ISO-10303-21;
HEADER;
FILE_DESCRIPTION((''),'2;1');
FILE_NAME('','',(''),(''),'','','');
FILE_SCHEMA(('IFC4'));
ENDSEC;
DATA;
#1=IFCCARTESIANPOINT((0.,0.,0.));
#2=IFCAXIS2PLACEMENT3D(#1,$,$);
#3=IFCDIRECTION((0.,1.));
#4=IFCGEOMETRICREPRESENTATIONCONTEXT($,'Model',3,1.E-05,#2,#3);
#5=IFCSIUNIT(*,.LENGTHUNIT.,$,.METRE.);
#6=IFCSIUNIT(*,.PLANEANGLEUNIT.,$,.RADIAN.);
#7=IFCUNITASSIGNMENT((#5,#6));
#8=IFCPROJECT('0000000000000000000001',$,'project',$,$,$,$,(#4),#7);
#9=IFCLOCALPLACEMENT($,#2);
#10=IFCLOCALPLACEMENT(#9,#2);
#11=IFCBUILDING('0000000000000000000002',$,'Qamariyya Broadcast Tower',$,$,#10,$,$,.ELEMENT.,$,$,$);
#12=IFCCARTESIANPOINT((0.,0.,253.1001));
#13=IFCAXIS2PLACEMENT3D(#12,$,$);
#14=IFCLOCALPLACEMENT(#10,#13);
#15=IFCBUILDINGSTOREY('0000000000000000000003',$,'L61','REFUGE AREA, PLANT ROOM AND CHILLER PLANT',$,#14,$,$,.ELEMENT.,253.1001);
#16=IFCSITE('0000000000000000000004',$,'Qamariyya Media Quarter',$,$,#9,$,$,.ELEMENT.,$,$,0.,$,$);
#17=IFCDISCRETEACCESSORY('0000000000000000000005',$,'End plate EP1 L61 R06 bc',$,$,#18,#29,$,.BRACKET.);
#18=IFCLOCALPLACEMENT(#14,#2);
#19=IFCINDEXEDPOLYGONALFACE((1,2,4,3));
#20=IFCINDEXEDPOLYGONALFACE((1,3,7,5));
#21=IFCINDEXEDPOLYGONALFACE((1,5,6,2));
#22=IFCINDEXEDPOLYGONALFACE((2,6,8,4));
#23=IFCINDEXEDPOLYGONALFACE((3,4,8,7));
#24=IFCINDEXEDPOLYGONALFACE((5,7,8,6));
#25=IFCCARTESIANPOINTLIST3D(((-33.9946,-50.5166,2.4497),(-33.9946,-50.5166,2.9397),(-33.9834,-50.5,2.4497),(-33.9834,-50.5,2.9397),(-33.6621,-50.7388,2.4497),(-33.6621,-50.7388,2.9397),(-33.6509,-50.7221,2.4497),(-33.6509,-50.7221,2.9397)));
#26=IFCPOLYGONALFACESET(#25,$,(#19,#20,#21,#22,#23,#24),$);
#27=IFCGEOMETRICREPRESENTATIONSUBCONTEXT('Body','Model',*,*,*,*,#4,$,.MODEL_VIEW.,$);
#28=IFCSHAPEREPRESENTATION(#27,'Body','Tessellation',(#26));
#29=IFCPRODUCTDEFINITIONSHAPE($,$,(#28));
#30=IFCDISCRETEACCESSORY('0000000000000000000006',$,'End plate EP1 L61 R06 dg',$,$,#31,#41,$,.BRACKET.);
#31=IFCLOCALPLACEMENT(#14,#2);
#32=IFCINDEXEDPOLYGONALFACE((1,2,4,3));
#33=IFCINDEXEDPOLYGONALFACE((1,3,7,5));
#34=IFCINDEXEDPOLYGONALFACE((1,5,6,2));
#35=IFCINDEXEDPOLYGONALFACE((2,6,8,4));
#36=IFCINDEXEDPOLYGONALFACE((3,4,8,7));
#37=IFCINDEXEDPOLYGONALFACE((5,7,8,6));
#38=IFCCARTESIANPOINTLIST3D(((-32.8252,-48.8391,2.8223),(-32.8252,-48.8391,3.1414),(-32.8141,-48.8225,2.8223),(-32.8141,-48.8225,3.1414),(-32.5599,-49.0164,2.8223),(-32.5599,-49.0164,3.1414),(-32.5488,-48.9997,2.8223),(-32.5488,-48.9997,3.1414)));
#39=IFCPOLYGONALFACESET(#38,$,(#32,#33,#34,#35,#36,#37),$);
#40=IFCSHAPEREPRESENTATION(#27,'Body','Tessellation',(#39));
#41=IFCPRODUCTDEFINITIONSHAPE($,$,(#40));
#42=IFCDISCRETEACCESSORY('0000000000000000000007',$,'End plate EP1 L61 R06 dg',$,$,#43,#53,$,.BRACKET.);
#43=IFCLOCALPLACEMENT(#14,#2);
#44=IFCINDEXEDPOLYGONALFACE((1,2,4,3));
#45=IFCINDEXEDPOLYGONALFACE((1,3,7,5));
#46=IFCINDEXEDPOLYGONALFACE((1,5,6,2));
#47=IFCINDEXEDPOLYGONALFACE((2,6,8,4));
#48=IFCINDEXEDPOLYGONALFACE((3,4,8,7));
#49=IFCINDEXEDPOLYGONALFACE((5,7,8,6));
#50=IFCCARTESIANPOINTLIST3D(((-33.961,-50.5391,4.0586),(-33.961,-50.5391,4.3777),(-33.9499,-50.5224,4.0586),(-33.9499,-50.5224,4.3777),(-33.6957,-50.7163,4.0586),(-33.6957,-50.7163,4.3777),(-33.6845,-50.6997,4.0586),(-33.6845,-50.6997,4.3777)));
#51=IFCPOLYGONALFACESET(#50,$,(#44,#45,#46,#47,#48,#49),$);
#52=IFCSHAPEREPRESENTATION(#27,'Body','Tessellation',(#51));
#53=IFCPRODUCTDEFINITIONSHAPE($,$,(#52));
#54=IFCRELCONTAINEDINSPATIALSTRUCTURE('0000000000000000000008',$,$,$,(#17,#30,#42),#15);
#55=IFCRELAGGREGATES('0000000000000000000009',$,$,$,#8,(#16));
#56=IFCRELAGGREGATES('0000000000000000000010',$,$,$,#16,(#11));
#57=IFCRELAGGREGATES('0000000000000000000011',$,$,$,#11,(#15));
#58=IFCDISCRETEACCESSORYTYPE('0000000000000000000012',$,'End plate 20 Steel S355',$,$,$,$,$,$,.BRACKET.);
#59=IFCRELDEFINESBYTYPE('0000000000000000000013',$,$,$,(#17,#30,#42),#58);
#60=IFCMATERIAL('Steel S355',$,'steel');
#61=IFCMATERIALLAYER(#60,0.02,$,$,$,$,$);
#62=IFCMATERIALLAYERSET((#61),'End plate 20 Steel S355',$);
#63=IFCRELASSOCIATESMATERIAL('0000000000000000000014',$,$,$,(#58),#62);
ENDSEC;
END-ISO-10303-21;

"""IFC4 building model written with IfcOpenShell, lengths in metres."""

from ifc_helpers import new_model, si_unit, direction, frame, origin, origin_2d, place, context, subcontext, project, spatial, rectangle, extrude, material, layer, layer_set, type_object, element, save


model = new_model("IFC4")

# Units and contexts
model_context = context("Model", 3, precision=1e-05, world=origin(), true_north=direction((0.0, 1.0)))
body_context = subcontext(model_context, "Body", "Model", "MODEL_VIEW")
ifc_project = project(units=[si_unit("LENGTHUNIT", "METRE"), si_unit("PLANEANGLEUNIT", "RADIAN")], contexts=[model_context])

# Site, building, storey
site_placement = place(None, origin())
site = spatial("IfcSite", under=ifc_project, at=site_placement, Name="Qamariyya Media Quarter", CompositionType="ELEMENT", RefElevation=0.0)
building_placement = place(site_placement, origin())
building = spatial("IfcBuilding", under=site, at=building_placement, Name="Qamariyya Broadcast Tower", CompositionType="ELEMENT")
storey_placement = place(building_placement, frame((0.0, 0.0, 253.1001)))
storey = spatial("IfcBuildingStorey", under=building, at=storey_placement, Name="L61", Description="REFUGE AREA, PLANT ROOM AND CHILLER PLANT", CompositionType="ELEMENT", Elevation=253.1001)

# Shared definitions
ifc_material_1 = material(Name="Steel S355", Category="steel")

# Discrete accessories
ifc_layer_1 = layer(ifc_material_1, 0.02)
ifc_layer_set_1 = layer_set([ifc_layer_1], Name="End plate 20 Steel S355")
discrete_accessory_type_1 = type_object("IfcDiscreteAccessoryType", Name="End plate 20 Steel S355", PredefinedType="BRACKET", material=ifc_layer_set_1)
for number, where, z_axis, x_axis, name in (
    (1, (-33.8228, -50.6194, 2.4497), (0.0, 0.0, 1.0), (-0.83147, 0.55557, 0.0), "End plate EP1 L61 R06 bc"),
):
    element("IfcDiscreteAccessory", number, at=place(storey_placement, frame(where, z_axis=z_axis, x_axis=x_axis)), inside=storey, type_object=discrete_accessory_type_1, Name=name, PredefinedType="BRACKET", context=body_context, shape_type="SweptSolid", body=[
        extrude(rectangle(XDim=0.3999, YDim=0.02, at=origin_2d()), origin(), (0.0, 0.0, 1.0), 0.49),
    ])
for number, where, z_axis, x_axis, name in (
    (2, (-32.687, -48.9194, 2.8223), (0.0, 0.0, 1.0), (-0.83147, 0.55557, 0.0), "End plate EP1 L61 R06 dg"),
    (3, (-33.8228, -50.6194, 4.0586), (0.0, 0.0, 1.0), (-0.83147, 0.55557, 0.0), "End plate EP1 L61 R06 dg"),
):
    element("IfcDiscreteAccessory", number, at=place(storey_placement, frame(where, z_axis=z_axis, x_axis=x_axis)), inside=storey, type_object=discrete_accessory_type_1, Name=name, PredefinedType="BRACKET", context=body_context, shape_type="SweptSolid", body=[
        extrude(rectangle(XDim=0.3191, YDim=0.02, at=origin_2d()), origin(), (0.0, 0.0, 1.0), 0.3191),
    ])

save(model, "model.ifc")
